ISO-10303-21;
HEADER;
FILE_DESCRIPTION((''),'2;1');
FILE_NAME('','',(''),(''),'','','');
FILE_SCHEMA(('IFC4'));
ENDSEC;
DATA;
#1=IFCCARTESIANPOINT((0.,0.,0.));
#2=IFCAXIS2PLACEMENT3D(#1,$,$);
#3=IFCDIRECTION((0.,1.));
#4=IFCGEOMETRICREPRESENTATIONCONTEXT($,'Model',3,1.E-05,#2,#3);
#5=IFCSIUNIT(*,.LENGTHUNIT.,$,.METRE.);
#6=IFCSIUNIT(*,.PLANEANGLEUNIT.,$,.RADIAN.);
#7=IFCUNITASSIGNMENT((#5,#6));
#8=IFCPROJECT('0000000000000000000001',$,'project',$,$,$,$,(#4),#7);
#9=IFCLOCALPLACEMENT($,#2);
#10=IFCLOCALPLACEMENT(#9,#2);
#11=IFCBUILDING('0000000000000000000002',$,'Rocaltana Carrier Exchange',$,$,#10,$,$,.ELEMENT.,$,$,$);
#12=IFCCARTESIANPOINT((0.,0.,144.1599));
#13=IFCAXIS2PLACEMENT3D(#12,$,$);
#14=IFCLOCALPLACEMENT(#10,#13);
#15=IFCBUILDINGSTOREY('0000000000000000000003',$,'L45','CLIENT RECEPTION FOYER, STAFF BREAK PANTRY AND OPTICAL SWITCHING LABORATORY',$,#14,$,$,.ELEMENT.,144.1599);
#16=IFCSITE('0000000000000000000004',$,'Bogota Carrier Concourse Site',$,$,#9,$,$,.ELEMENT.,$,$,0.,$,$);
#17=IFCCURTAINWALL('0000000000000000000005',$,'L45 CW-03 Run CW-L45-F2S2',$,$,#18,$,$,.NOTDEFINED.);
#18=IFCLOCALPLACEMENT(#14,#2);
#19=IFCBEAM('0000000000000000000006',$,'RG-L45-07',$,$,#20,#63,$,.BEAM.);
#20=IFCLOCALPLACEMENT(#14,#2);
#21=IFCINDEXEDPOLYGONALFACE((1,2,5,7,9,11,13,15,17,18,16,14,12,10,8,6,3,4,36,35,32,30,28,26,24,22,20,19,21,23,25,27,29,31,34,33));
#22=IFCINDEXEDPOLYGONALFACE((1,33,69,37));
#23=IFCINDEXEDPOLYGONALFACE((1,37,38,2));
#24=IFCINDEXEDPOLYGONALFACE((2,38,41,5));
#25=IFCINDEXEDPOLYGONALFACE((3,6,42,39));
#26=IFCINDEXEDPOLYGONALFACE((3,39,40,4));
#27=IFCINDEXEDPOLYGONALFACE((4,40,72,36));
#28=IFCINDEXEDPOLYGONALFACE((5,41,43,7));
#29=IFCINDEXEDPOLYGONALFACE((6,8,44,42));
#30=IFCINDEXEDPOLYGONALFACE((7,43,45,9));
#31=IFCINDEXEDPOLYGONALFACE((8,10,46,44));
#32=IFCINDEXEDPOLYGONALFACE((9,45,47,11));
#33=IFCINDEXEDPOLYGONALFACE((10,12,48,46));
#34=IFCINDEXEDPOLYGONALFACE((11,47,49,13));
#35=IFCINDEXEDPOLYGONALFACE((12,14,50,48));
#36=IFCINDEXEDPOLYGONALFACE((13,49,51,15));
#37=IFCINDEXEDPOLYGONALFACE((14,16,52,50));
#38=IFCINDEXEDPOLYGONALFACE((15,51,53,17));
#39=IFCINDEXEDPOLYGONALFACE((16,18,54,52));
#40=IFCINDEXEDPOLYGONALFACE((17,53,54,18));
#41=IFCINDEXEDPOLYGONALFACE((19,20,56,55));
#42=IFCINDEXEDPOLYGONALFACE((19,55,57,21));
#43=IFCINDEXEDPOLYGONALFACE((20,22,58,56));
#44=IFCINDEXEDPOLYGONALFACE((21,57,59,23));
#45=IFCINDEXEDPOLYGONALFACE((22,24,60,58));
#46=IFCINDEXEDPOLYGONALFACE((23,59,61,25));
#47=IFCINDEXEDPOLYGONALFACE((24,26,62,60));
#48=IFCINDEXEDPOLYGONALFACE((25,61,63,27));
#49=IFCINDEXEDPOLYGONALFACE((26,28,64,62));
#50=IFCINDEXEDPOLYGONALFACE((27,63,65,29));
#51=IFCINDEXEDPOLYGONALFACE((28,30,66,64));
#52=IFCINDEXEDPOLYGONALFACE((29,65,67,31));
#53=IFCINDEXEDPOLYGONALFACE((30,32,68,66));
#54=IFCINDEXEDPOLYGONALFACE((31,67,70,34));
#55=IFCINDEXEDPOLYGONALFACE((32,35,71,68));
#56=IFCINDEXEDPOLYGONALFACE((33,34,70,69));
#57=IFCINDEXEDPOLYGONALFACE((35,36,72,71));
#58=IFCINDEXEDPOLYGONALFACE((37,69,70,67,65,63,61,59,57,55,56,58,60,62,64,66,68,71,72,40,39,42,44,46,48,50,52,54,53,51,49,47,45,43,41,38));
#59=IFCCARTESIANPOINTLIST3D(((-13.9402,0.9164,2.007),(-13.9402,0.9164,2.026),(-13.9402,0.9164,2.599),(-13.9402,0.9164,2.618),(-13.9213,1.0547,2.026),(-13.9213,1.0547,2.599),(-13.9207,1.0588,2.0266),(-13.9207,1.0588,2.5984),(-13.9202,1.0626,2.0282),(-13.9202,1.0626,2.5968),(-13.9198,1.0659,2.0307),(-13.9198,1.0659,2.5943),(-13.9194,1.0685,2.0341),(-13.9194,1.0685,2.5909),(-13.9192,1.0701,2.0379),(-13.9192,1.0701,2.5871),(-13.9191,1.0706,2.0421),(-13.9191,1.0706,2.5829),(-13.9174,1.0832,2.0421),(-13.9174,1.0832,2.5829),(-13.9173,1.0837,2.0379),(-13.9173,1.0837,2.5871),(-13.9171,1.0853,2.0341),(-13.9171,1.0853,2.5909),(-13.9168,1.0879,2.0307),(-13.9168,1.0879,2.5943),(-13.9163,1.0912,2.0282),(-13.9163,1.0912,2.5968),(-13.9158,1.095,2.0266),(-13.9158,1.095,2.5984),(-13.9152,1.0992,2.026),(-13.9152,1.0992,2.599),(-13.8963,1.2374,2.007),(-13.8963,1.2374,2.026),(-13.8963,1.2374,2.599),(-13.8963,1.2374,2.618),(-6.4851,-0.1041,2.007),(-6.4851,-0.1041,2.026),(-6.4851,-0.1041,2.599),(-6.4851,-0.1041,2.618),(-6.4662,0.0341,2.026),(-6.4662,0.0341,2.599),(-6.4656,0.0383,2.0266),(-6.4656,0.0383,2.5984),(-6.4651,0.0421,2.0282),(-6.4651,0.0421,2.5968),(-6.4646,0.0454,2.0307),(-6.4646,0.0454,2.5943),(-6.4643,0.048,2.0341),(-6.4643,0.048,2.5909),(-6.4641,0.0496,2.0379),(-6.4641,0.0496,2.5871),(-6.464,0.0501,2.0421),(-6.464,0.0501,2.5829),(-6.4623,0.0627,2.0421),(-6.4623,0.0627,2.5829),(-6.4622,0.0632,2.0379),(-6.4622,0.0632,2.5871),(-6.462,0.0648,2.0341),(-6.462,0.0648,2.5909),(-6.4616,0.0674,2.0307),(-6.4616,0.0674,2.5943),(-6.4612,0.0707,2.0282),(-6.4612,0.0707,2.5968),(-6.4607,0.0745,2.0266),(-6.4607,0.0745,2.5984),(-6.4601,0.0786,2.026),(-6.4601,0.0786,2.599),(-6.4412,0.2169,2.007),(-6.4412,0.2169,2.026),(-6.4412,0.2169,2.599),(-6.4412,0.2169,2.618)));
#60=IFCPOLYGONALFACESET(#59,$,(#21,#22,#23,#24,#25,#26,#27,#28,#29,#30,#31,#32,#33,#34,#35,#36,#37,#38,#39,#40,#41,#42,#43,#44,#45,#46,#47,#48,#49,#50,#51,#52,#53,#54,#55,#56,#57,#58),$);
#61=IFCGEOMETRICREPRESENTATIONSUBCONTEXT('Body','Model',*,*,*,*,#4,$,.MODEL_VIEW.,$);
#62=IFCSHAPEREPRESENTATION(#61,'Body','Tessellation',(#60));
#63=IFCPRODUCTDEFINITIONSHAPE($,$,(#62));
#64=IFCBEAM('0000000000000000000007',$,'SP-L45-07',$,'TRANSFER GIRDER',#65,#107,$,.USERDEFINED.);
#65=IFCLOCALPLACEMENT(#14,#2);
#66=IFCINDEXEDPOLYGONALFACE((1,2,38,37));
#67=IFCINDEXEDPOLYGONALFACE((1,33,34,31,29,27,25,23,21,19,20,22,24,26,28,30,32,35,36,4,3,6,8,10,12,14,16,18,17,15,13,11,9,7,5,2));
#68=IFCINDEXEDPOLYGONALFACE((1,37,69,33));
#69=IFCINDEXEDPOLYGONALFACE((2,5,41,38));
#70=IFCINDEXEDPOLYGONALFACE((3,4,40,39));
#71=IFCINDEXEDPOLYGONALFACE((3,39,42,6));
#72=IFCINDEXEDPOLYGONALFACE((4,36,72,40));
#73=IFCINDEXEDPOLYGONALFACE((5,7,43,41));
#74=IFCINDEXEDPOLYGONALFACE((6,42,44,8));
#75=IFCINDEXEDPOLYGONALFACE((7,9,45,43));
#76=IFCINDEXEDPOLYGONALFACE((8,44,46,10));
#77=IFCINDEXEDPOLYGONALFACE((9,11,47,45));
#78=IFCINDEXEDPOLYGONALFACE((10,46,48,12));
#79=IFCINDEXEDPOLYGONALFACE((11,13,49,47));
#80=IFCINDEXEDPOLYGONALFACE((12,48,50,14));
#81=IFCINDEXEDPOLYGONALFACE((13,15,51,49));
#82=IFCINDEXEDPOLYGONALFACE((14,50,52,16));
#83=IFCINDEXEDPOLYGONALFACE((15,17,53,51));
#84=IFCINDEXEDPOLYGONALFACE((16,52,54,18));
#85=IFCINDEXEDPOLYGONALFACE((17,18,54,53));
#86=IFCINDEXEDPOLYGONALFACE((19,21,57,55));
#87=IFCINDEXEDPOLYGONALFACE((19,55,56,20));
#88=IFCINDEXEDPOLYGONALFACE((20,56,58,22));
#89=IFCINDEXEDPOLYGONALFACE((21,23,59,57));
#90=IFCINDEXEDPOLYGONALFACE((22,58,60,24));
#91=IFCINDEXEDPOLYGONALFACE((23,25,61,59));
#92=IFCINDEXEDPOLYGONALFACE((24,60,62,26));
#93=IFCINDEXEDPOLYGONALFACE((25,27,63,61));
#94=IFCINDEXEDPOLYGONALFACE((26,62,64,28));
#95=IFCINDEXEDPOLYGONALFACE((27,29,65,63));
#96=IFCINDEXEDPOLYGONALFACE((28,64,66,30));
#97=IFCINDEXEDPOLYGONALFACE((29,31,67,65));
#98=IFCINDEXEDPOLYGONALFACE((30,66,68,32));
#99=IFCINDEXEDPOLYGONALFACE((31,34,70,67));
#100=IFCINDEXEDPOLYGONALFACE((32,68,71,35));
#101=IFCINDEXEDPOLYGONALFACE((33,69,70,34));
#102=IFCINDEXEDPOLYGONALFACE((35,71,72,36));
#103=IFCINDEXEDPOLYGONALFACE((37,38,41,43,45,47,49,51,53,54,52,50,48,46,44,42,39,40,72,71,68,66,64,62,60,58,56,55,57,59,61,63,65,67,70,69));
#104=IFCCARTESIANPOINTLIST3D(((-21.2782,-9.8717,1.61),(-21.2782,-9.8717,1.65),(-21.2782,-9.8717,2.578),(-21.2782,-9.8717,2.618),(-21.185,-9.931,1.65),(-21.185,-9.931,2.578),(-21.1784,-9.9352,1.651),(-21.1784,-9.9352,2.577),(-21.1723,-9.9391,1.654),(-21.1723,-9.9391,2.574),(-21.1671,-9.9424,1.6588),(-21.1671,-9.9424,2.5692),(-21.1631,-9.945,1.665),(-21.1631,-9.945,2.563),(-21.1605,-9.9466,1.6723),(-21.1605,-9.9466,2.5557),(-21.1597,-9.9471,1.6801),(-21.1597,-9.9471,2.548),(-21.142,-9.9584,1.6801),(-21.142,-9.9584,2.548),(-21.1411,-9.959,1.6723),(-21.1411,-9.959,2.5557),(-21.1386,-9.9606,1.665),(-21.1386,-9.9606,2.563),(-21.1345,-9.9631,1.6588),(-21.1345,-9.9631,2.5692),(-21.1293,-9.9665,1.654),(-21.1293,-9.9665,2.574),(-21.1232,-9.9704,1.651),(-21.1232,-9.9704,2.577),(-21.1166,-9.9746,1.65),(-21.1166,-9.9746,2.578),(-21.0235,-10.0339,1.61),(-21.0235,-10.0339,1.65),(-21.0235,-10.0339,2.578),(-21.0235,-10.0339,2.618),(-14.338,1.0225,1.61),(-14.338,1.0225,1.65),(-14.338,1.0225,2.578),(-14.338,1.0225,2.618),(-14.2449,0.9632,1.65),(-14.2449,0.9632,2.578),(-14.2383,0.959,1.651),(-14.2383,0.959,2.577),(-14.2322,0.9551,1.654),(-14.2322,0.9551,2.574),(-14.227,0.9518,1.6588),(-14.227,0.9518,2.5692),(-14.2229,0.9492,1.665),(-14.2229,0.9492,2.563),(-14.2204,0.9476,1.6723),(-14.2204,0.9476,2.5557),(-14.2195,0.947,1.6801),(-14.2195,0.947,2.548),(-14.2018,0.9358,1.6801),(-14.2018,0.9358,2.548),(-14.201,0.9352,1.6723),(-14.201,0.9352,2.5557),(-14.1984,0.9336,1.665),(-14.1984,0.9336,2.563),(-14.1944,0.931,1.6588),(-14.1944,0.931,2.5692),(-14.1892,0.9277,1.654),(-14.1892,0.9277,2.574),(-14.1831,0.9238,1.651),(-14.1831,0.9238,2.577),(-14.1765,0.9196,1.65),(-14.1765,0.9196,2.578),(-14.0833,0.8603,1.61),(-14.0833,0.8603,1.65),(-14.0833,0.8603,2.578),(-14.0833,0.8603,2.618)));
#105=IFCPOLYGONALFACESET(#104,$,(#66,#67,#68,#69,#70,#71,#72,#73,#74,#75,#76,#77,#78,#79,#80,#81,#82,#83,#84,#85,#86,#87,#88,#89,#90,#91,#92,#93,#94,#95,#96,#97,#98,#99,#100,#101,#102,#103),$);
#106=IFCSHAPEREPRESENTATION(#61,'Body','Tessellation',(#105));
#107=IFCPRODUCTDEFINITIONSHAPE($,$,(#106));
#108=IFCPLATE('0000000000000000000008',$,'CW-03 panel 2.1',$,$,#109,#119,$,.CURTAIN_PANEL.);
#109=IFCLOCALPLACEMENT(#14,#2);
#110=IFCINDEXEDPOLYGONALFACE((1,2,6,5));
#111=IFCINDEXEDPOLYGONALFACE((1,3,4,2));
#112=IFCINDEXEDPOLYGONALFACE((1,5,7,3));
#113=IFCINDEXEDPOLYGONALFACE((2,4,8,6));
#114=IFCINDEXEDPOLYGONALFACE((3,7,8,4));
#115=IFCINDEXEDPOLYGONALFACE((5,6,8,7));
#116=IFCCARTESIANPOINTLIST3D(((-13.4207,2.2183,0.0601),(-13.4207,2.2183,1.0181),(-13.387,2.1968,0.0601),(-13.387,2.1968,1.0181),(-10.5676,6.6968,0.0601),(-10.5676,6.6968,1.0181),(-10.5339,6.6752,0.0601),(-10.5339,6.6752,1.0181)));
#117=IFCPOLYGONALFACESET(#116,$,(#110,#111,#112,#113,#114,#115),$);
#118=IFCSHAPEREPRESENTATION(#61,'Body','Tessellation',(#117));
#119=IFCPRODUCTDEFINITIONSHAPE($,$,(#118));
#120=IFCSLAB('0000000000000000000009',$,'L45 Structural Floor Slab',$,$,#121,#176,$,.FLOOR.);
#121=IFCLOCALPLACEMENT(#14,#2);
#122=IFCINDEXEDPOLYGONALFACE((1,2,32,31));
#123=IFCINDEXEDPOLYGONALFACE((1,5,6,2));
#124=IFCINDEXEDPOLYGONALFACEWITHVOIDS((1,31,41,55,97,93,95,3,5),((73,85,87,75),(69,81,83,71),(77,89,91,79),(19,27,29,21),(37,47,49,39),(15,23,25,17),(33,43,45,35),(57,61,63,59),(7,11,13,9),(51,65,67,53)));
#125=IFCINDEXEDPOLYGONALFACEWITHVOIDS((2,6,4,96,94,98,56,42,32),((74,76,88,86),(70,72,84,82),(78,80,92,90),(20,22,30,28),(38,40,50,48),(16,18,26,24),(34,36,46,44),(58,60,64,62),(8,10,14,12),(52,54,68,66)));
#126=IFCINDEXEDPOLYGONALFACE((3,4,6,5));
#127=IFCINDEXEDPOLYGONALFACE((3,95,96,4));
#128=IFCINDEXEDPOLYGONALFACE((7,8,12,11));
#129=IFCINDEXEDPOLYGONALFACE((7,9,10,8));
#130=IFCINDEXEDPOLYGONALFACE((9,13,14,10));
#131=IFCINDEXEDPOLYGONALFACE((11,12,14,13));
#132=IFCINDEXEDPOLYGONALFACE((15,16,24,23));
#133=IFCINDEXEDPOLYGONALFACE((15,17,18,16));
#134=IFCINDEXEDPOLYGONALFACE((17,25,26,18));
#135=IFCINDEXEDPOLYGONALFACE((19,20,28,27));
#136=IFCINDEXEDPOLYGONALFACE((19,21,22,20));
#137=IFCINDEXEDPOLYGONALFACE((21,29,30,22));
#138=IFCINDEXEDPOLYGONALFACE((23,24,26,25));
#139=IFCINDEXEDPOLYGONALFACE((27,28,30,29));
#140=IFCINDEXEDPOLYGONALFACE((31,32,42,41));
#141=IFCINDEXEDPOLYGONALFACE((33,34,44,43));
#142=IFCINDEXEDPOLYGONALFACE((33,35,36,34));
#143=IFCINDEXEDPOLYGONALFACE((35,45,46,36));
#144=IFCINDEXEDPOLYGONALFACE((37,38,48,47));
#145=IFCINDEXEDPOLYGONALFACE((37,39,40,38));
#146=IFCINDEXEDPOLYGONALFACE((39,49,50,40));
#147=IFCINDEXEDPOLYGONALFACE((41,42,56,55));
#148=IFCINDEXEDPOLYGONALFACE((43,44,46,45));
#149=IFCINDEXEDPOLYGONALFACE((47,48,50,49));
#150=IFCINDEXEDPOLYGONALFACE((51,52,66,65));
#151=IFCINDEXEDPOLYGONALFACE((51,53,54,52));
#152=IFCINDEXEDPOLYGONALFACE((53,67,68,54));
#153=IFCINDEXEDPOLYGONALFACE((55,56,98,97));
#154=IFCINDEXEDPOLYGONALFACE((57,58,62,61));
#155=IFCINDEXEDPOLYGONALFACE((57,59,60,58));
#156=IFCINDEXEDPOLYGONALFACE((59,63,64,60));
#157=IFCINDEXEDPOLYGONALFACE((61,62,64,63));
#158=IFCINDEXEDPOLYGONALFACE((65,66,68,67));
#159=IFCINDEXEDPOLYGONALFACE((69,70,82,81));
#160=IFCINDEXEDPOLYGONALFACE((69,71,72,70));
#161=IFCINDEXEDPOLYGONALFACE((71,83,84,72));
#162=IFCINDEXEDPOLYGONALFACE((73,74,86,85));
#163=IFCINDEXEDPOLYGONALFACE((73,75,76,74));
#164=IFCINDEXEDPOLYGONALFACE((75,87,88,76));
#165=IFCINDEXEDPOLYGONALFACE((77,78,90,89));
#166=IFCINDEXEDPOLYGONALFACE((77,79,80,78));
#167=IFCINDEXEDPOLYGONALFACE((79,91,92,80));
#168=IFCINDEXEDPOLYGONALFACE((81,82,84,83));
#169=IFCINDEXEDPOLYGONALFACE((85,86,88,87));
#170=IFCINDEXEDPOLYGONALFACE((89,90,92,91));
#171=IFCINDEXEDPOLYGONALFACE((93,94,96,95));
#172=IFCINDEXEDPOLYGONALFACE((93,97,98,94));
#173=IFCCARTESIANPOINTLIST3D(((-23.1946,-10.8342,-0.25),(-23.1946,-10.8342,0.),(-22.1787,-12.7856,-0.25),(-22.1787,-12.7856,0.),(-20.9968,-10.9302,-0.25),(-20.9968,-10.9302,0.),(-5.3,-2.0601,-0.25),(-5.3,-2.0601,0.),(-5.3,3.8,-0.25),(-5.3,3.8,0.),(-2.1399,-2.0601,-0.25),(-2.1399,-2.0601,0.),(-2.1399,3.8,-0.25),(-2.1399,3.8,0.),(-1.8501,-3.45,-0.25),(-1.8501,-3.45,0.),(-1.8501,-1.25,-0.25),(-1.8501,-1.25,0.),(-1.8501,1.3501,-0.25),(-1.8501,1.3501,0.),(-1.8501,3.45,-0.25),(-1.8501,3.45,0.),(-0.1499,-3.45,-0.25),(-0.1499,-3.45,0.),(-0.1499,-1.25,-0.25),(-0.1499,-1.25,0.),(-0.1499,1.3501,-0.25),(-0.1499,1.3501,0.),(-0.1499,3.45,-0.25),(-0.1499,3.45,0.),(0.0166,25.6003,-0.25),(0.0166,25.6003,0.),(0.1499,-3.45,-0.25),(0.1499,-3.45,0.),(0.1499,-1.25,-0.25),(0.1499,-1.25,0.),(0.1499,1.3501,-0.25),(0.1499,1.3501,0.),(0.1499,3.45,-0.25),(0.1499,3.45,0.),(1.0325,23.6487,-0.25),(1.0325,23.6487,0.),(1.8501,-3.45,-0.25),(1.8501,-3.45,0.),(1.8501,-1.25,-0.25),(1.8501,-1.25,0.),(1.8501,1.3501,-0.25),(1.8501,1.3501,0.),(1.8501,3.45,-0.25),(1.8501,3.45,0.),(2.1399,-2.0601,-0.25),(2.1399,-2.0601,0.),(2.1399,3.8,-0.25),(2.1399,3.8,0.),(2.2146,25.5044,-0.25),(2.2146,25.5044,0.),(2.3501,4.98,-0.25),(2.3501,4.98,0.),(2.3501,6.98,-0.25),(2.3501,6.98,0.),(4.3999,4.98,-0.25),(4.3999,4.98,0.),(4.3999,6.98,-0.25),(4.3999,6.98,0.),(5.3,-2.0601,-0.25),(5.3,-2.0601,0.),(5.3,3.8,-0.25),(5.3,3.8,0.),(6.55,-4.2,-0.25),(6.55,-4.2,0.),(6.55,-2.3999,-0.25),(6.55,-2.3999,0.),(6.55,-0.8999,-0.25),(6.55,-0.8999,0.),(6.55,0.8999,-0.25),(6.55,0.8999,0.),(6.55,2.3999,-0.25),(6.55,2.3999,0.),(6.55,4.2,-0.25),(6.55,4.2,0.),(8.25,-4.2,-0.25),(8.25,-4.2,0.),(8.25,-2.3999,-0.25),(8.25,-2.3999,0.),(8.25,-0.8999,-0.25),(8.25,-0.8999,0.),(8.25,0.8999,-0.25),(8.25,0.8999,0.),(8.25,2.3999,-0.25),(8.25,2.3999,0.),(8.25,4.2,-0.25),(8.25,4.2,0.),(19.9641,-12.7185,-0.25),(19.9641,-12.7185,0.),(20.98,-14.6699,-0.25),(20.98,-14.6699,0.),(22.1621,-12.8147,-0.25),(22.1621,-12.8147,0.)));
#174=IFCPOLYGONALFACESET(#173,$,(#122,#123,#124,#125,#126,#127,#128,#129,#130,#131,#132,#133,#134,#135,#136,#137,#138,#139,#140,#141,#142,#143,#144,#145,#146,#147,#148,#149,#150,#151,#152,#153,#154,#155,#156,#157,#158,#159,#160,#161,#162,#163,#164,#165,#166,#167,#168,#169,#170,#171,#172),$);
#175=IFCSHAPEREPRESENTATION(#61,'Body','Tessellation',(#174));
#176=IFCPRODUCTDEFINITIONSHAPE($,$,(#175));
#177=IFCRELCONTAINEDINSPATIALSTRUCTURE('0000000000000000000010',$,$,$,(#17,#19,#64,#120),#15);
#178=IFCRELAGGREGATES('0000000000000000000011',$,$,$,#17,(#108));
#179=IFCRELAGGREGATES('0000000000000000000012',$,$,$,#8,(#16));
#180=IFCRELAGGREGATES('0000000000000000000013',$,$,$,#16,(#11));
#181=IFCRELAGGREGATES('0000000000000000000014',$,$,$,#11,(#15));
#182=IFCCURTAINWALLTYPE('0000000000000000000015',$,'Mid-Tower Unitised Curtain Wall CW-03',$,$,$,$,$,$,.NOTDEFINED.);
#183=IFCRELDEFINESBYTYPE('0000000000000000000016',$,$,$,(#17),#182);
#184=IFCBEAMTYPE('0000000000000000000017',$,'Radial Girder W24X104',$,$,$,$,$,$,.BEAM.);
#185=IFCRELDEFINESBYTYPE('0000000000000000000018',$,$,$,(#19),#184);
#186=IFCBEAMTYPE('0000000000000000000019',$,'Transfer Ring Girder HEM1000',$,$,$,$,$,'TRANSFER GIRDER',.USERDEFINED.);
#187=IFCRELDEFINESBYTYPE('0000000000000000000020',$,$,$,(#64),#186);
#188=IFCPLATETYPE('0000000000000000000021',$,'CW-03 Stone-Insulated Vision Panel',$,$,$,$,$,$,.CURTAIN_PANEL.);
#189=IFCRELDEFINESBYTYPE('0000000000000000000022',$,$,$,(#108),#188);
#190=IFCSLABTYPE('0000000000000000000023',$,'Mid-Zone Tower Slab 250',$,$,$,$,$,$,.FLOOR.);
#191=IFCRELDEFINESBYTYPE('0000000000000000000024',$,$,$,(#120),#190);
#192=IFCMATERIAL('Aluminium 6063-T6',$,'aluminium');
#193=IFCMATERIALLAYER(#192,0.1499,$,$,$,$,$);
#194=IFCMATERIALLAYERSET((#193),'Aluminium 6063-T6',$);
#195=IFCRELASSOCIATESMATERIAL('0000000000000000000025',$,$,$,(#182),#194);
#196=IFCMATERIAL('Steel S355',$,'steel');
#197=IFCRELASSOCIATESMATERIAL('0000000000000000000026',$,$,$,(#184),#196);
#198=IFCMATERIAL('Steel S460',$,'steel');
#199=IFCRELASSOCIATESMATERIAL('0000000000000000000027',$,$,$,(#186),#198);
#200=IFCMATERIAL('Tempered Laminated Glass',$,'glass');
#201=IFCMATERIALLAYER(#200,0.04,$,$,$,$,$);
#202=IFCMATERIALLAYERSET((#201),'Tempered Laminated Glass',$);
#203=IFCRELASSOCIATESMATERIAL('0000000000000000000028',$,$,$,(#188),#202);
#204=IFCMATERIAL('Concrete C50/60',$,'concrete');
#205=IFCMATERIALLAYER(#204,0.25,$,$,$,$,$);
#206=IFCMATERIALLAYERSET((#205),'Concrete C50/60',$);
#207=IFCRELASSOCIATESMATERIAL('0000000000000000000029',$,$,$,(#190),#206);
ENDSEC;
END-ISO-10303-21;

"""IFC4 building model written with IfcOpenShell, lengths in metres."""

from ifc_helpers import new_model, si_unit, direction, frame, origin, origin_2d, place, context, subcontext, project, spatial, polyline, rectangle, i_section, outline, extrude, material, layer, layer_set, material_profile, profile_set, type_object, element, aggregate, save


model = new_model("IFC4")

# Units and contexts
model_context = context("Model", 3, precision=1e-05, world=origin(), true_north=direction((0.0, 1.0)))
body_context = subcontext(model_context, "Body", "Model", "MODEL_VIEW")
ifc_project = project(units=[si_unit("LENGTHUNIT", "METRE"), si_unit("PLANEANGLEUNIT", "RADIAN")], contexts=[model_context])

# Site, building, storey
site_placement = place(None, origin())
site = spatial("IfcSite", under=ifc_project, at=site_placement, Name="Bogota Carrier Concourse Site", CompositionType="ELEMENT", RefElevation=0.0)
building_placement = place(site_placement, origin())
building = spatial("IfcBuilding", under=site, at=building_placement, Name="Rocaltana Carrier Exchange", CompositionType="ELEMENT")
storey_placement = place(building_placement, frame((0.0, 0.0, 144.1599)))
storey = spatial("IfcBuildingStorey", under=building, at=storey_placement, Name="L45", Description="CLIENT RECEPTION FOYER, STAFF BREAK PANTRY AND OPTICAL SWITCHING LABORATORY", CompositionType="ELEMENT", Elevation=144.1599)

# Curtain wall
ifc_material_1 = material(Name="Aluminium 6063-T6", Category="aluminium")
ifc_layer_1 = layer(ifc_material_1, 0.1499)
ifc_layer_set_1 = layer_set([ifc_layer_1], Name="Aluminium 6063-T6")
curtain_wall_type = type_object("IfcCurtainWallType", Name="Mid-Tower Unitised Curtain Wall CW-03", PredefinedType="NOTDEFINED", material=ifc_layer_set_1)
curtain_wall_1_placement = place(storey_placement, origin())
curtain_wall_1 = element("IfcCurtainWall", 1, at=curtain_wall_1_placement, inside=storey, type_object=curtain_wall_type, Name="L45 CW-03 Run CW-L45-F2S2", PredefinedType="NOTDEFINED")

# Beams
ifc_material_2 = material(Name="Steel S355", Category="steel")
ifc_material_profile_1 = material_profile(ifc_material_2, i_section(OverallWidth=0.324, OverallDepth=0.6111, WebThickness=0.0127, FlangeThickness=0.019, FilletRadius=0.0161, at=origin_2d()), Name="W24X104")
ifc_profile_set_1 = profile_set([ifc_material_profile_1], Name="Steel S355")
beam_type_1 = type_object("IfcBeamType", Name="Radial Girder W24X104", PredefinedType="BEAM", material=ifc_profile_set_1)
beam_1_placement = place(storey_placement, frame((-6.4631, 0.0564, 2.3125), z_axis=(-0.990761, 0.135623, 0.0), x_axis=(-0.135623, -0.990761, 0.0)))
element("IfcBeam", 2, at=beam_1_placement, inside=storey, type_object=beam_type_1, Name="RG-L45-07", PredefinedType="BEAM", context=body_context, shape_type="SweptSolid", body=[
    extrude(i_section(OverallWidth=0.324, OverallDepth=0.6111, WebThickness=0.0127, FlangeThickness=0.019, FilletRadius=0.0161, at=origin_2d()), origin(), (0.0, 0.0, 1.0), 7.5247),
])
ifc_material_3 = material(Name="Steel S460", Category="steel")
ifc_material_profile_2 = material_profile(ifc_material_3, i_section(OverallWidth=0.302, OverallDepth=1.0081, WebThickness=0.021, FlangeThickness=0.04, FilletRadius=0.03, at=origin_2d()), Name="HEM1000")
ifc_profile_set_2 = profile_set([ifc_material_profile_2], Name="Steel S460")
beam_type_2 = type_object("IfcBeamType", Name="Transfer Ring Girder HEM1000", ElementType="TRANSFER GIRDER", PredefinedType="USERDEFINED", material=ifc_profile_set_2)
beam_2_placement = place(storey_placement, frame((-14.2107, 0.9414, 2.114), z_axis=(-0.537286, -0.8434, 0.0), x_axis=(0.8434, -0.537286, 0.0)))
element("IfcBeam", 3, at=beam_2_placement, inside=storey, type_object=beam_type_2, Name="SP-L45-07", ObjectType="TRANSFER GIRDER", PredefinedType="USERDEFINED", context=body_context, shape_type="SweptSolid", body=[
    extrude(i_section(OverallWidth=0.302, OverallDepth=1.0081, WebThickness=0.021, FlangeThickness=0.04, FilletRadius=0.03, at=origin_2d()), origin(), (0.0, 0.0, 1.0), 12.917),
])

# Plate
ifc_material_4 = material(Name="Tempered Laminated Glass", Category="glass")
ifc_layer_2 = layer(ifc_material_4, 0.04)
ifc_layer_set_2 = layer_set([ifc_layer_2], Name="Tempered Laminated Glass")
plate_type = type_object("IfcPlateType", Name="CW-03 Stone-Insulated Vision Panel", PredefinedType="CURTAIN_PANEL", material=ifc_layer_set_2)
plate_placement = place(storey_placement, frame((-11.9773, 4.4468, 0.0601), z_axis=(0.0, 0.0, 1.0), x_axis=(-0.537301, -0.843391, 0.0)))
plate = element("IfcPlate", 4, at=plate_placement, type_object=plate_type, Name="CW-03 panel 2.1", PredefinedType="CURTAIN_PANEL", context=body_context, shape_type="SweptSolid", body=[
    extrude(rectangle(XDim=5.3101, YDim=0.04, at=origin_2d()), origin(), (0.0, 0.0, 1.0), 0.958),
])
aggregate(curtain_wall_1, [plate])

# Slab
ifc_material_5 = material(Name="Concrete C50/60", Category="concrete")
ifc_layer_3 = layer(ifc_material_5, 0.25)
ifc_layer_set_3 = layer_set([ifc_layer_3], Name="Concrete C50/60")
slab_type_1 = type_object("IfcSlabType", Name="Mid-Zone Tower Slab 250", PredefinedType="FLOOR", material=ifc_layer_set_3)
slab_1_placement = place(storey_placement, frame((0.0, 0.0, -0.25)))
element("IfcSlab", 5, at=slab_1_placement, inside=storey, type_object=slab_type_1, Name="L45 Structural Floor Slab", PredefinedType="FLOOR", context=body_context, shape_type="SweptSolid", body=[
    extrude(outline(polyline([(20.98, -14.6699), (19.9641, -12.7185), (22.1621, -12.8147), (2.2146, 25.5044), (1.0325, 23.6487), (0.0166, 25.6003), (-23.1946, -10.8342), (-20.9968, -10.9302), (-22.1787, -12.7856), (20.98, -14.6699)]), holes=[polyline([(-5.3, -2.0601), (-2.1399, -2.0601), (-2.1399, 3.8), (-5.3, 3.8), (-5.3, -2.0601)]), polyline([(2.1399, -2.0601), (5.3, -2.0601), (5.3, 3.8), (2.1399, 3.8), (2.1399, -2.0601)]), polyline([(-1.8501, -3.45), (-0.1499, -3.45), (-0.1499, -1.25), (-1.8501, -1.25), (-1.8501, -3.45)]), polyline([(0.1499, -3.45), (1.8501, -3.45), (1.8501, -1.25), (0.1499, -1.25), (0.1499, -3.45)]), polyline([(2.3501, 4.98), (4.3999, 4.98), (4.3999, 6.98), (2.3501, 6.98), (2.3501, 4.98)]), polyline([(-1.8501, 1.3501), (-0.1499, 1.3501), (-0.1499, 3.45), (-1.8501, 3.45), (-1.8501, 1.3501)]), polyline([(0.1499, 1.3501), (1.8501, 1.3501), (1.8501, 3.45), (0.1499, 3.45), (0.1499, 1.3501)]), polyline([(6.55, -4.2), (8.25, -4.2), (8.25, -2.3999), (6.55, -2.3999), (6.55, -4.2)]), polyline([(6.55, -0.8999), (8.25, -0.8999), (8.25, 0.8999), (6.55, 0.8999), (6.55, -0.8999)]), polyline([(6.55, 2.3999), (8.25, 2.3999), (8.25, 4.2), (6.55, 4.2), (6.55, 2.3999)])]), origin(), (0.0, 0.0, 1.0), 0.25),
])

save(model, "model.ifc")
